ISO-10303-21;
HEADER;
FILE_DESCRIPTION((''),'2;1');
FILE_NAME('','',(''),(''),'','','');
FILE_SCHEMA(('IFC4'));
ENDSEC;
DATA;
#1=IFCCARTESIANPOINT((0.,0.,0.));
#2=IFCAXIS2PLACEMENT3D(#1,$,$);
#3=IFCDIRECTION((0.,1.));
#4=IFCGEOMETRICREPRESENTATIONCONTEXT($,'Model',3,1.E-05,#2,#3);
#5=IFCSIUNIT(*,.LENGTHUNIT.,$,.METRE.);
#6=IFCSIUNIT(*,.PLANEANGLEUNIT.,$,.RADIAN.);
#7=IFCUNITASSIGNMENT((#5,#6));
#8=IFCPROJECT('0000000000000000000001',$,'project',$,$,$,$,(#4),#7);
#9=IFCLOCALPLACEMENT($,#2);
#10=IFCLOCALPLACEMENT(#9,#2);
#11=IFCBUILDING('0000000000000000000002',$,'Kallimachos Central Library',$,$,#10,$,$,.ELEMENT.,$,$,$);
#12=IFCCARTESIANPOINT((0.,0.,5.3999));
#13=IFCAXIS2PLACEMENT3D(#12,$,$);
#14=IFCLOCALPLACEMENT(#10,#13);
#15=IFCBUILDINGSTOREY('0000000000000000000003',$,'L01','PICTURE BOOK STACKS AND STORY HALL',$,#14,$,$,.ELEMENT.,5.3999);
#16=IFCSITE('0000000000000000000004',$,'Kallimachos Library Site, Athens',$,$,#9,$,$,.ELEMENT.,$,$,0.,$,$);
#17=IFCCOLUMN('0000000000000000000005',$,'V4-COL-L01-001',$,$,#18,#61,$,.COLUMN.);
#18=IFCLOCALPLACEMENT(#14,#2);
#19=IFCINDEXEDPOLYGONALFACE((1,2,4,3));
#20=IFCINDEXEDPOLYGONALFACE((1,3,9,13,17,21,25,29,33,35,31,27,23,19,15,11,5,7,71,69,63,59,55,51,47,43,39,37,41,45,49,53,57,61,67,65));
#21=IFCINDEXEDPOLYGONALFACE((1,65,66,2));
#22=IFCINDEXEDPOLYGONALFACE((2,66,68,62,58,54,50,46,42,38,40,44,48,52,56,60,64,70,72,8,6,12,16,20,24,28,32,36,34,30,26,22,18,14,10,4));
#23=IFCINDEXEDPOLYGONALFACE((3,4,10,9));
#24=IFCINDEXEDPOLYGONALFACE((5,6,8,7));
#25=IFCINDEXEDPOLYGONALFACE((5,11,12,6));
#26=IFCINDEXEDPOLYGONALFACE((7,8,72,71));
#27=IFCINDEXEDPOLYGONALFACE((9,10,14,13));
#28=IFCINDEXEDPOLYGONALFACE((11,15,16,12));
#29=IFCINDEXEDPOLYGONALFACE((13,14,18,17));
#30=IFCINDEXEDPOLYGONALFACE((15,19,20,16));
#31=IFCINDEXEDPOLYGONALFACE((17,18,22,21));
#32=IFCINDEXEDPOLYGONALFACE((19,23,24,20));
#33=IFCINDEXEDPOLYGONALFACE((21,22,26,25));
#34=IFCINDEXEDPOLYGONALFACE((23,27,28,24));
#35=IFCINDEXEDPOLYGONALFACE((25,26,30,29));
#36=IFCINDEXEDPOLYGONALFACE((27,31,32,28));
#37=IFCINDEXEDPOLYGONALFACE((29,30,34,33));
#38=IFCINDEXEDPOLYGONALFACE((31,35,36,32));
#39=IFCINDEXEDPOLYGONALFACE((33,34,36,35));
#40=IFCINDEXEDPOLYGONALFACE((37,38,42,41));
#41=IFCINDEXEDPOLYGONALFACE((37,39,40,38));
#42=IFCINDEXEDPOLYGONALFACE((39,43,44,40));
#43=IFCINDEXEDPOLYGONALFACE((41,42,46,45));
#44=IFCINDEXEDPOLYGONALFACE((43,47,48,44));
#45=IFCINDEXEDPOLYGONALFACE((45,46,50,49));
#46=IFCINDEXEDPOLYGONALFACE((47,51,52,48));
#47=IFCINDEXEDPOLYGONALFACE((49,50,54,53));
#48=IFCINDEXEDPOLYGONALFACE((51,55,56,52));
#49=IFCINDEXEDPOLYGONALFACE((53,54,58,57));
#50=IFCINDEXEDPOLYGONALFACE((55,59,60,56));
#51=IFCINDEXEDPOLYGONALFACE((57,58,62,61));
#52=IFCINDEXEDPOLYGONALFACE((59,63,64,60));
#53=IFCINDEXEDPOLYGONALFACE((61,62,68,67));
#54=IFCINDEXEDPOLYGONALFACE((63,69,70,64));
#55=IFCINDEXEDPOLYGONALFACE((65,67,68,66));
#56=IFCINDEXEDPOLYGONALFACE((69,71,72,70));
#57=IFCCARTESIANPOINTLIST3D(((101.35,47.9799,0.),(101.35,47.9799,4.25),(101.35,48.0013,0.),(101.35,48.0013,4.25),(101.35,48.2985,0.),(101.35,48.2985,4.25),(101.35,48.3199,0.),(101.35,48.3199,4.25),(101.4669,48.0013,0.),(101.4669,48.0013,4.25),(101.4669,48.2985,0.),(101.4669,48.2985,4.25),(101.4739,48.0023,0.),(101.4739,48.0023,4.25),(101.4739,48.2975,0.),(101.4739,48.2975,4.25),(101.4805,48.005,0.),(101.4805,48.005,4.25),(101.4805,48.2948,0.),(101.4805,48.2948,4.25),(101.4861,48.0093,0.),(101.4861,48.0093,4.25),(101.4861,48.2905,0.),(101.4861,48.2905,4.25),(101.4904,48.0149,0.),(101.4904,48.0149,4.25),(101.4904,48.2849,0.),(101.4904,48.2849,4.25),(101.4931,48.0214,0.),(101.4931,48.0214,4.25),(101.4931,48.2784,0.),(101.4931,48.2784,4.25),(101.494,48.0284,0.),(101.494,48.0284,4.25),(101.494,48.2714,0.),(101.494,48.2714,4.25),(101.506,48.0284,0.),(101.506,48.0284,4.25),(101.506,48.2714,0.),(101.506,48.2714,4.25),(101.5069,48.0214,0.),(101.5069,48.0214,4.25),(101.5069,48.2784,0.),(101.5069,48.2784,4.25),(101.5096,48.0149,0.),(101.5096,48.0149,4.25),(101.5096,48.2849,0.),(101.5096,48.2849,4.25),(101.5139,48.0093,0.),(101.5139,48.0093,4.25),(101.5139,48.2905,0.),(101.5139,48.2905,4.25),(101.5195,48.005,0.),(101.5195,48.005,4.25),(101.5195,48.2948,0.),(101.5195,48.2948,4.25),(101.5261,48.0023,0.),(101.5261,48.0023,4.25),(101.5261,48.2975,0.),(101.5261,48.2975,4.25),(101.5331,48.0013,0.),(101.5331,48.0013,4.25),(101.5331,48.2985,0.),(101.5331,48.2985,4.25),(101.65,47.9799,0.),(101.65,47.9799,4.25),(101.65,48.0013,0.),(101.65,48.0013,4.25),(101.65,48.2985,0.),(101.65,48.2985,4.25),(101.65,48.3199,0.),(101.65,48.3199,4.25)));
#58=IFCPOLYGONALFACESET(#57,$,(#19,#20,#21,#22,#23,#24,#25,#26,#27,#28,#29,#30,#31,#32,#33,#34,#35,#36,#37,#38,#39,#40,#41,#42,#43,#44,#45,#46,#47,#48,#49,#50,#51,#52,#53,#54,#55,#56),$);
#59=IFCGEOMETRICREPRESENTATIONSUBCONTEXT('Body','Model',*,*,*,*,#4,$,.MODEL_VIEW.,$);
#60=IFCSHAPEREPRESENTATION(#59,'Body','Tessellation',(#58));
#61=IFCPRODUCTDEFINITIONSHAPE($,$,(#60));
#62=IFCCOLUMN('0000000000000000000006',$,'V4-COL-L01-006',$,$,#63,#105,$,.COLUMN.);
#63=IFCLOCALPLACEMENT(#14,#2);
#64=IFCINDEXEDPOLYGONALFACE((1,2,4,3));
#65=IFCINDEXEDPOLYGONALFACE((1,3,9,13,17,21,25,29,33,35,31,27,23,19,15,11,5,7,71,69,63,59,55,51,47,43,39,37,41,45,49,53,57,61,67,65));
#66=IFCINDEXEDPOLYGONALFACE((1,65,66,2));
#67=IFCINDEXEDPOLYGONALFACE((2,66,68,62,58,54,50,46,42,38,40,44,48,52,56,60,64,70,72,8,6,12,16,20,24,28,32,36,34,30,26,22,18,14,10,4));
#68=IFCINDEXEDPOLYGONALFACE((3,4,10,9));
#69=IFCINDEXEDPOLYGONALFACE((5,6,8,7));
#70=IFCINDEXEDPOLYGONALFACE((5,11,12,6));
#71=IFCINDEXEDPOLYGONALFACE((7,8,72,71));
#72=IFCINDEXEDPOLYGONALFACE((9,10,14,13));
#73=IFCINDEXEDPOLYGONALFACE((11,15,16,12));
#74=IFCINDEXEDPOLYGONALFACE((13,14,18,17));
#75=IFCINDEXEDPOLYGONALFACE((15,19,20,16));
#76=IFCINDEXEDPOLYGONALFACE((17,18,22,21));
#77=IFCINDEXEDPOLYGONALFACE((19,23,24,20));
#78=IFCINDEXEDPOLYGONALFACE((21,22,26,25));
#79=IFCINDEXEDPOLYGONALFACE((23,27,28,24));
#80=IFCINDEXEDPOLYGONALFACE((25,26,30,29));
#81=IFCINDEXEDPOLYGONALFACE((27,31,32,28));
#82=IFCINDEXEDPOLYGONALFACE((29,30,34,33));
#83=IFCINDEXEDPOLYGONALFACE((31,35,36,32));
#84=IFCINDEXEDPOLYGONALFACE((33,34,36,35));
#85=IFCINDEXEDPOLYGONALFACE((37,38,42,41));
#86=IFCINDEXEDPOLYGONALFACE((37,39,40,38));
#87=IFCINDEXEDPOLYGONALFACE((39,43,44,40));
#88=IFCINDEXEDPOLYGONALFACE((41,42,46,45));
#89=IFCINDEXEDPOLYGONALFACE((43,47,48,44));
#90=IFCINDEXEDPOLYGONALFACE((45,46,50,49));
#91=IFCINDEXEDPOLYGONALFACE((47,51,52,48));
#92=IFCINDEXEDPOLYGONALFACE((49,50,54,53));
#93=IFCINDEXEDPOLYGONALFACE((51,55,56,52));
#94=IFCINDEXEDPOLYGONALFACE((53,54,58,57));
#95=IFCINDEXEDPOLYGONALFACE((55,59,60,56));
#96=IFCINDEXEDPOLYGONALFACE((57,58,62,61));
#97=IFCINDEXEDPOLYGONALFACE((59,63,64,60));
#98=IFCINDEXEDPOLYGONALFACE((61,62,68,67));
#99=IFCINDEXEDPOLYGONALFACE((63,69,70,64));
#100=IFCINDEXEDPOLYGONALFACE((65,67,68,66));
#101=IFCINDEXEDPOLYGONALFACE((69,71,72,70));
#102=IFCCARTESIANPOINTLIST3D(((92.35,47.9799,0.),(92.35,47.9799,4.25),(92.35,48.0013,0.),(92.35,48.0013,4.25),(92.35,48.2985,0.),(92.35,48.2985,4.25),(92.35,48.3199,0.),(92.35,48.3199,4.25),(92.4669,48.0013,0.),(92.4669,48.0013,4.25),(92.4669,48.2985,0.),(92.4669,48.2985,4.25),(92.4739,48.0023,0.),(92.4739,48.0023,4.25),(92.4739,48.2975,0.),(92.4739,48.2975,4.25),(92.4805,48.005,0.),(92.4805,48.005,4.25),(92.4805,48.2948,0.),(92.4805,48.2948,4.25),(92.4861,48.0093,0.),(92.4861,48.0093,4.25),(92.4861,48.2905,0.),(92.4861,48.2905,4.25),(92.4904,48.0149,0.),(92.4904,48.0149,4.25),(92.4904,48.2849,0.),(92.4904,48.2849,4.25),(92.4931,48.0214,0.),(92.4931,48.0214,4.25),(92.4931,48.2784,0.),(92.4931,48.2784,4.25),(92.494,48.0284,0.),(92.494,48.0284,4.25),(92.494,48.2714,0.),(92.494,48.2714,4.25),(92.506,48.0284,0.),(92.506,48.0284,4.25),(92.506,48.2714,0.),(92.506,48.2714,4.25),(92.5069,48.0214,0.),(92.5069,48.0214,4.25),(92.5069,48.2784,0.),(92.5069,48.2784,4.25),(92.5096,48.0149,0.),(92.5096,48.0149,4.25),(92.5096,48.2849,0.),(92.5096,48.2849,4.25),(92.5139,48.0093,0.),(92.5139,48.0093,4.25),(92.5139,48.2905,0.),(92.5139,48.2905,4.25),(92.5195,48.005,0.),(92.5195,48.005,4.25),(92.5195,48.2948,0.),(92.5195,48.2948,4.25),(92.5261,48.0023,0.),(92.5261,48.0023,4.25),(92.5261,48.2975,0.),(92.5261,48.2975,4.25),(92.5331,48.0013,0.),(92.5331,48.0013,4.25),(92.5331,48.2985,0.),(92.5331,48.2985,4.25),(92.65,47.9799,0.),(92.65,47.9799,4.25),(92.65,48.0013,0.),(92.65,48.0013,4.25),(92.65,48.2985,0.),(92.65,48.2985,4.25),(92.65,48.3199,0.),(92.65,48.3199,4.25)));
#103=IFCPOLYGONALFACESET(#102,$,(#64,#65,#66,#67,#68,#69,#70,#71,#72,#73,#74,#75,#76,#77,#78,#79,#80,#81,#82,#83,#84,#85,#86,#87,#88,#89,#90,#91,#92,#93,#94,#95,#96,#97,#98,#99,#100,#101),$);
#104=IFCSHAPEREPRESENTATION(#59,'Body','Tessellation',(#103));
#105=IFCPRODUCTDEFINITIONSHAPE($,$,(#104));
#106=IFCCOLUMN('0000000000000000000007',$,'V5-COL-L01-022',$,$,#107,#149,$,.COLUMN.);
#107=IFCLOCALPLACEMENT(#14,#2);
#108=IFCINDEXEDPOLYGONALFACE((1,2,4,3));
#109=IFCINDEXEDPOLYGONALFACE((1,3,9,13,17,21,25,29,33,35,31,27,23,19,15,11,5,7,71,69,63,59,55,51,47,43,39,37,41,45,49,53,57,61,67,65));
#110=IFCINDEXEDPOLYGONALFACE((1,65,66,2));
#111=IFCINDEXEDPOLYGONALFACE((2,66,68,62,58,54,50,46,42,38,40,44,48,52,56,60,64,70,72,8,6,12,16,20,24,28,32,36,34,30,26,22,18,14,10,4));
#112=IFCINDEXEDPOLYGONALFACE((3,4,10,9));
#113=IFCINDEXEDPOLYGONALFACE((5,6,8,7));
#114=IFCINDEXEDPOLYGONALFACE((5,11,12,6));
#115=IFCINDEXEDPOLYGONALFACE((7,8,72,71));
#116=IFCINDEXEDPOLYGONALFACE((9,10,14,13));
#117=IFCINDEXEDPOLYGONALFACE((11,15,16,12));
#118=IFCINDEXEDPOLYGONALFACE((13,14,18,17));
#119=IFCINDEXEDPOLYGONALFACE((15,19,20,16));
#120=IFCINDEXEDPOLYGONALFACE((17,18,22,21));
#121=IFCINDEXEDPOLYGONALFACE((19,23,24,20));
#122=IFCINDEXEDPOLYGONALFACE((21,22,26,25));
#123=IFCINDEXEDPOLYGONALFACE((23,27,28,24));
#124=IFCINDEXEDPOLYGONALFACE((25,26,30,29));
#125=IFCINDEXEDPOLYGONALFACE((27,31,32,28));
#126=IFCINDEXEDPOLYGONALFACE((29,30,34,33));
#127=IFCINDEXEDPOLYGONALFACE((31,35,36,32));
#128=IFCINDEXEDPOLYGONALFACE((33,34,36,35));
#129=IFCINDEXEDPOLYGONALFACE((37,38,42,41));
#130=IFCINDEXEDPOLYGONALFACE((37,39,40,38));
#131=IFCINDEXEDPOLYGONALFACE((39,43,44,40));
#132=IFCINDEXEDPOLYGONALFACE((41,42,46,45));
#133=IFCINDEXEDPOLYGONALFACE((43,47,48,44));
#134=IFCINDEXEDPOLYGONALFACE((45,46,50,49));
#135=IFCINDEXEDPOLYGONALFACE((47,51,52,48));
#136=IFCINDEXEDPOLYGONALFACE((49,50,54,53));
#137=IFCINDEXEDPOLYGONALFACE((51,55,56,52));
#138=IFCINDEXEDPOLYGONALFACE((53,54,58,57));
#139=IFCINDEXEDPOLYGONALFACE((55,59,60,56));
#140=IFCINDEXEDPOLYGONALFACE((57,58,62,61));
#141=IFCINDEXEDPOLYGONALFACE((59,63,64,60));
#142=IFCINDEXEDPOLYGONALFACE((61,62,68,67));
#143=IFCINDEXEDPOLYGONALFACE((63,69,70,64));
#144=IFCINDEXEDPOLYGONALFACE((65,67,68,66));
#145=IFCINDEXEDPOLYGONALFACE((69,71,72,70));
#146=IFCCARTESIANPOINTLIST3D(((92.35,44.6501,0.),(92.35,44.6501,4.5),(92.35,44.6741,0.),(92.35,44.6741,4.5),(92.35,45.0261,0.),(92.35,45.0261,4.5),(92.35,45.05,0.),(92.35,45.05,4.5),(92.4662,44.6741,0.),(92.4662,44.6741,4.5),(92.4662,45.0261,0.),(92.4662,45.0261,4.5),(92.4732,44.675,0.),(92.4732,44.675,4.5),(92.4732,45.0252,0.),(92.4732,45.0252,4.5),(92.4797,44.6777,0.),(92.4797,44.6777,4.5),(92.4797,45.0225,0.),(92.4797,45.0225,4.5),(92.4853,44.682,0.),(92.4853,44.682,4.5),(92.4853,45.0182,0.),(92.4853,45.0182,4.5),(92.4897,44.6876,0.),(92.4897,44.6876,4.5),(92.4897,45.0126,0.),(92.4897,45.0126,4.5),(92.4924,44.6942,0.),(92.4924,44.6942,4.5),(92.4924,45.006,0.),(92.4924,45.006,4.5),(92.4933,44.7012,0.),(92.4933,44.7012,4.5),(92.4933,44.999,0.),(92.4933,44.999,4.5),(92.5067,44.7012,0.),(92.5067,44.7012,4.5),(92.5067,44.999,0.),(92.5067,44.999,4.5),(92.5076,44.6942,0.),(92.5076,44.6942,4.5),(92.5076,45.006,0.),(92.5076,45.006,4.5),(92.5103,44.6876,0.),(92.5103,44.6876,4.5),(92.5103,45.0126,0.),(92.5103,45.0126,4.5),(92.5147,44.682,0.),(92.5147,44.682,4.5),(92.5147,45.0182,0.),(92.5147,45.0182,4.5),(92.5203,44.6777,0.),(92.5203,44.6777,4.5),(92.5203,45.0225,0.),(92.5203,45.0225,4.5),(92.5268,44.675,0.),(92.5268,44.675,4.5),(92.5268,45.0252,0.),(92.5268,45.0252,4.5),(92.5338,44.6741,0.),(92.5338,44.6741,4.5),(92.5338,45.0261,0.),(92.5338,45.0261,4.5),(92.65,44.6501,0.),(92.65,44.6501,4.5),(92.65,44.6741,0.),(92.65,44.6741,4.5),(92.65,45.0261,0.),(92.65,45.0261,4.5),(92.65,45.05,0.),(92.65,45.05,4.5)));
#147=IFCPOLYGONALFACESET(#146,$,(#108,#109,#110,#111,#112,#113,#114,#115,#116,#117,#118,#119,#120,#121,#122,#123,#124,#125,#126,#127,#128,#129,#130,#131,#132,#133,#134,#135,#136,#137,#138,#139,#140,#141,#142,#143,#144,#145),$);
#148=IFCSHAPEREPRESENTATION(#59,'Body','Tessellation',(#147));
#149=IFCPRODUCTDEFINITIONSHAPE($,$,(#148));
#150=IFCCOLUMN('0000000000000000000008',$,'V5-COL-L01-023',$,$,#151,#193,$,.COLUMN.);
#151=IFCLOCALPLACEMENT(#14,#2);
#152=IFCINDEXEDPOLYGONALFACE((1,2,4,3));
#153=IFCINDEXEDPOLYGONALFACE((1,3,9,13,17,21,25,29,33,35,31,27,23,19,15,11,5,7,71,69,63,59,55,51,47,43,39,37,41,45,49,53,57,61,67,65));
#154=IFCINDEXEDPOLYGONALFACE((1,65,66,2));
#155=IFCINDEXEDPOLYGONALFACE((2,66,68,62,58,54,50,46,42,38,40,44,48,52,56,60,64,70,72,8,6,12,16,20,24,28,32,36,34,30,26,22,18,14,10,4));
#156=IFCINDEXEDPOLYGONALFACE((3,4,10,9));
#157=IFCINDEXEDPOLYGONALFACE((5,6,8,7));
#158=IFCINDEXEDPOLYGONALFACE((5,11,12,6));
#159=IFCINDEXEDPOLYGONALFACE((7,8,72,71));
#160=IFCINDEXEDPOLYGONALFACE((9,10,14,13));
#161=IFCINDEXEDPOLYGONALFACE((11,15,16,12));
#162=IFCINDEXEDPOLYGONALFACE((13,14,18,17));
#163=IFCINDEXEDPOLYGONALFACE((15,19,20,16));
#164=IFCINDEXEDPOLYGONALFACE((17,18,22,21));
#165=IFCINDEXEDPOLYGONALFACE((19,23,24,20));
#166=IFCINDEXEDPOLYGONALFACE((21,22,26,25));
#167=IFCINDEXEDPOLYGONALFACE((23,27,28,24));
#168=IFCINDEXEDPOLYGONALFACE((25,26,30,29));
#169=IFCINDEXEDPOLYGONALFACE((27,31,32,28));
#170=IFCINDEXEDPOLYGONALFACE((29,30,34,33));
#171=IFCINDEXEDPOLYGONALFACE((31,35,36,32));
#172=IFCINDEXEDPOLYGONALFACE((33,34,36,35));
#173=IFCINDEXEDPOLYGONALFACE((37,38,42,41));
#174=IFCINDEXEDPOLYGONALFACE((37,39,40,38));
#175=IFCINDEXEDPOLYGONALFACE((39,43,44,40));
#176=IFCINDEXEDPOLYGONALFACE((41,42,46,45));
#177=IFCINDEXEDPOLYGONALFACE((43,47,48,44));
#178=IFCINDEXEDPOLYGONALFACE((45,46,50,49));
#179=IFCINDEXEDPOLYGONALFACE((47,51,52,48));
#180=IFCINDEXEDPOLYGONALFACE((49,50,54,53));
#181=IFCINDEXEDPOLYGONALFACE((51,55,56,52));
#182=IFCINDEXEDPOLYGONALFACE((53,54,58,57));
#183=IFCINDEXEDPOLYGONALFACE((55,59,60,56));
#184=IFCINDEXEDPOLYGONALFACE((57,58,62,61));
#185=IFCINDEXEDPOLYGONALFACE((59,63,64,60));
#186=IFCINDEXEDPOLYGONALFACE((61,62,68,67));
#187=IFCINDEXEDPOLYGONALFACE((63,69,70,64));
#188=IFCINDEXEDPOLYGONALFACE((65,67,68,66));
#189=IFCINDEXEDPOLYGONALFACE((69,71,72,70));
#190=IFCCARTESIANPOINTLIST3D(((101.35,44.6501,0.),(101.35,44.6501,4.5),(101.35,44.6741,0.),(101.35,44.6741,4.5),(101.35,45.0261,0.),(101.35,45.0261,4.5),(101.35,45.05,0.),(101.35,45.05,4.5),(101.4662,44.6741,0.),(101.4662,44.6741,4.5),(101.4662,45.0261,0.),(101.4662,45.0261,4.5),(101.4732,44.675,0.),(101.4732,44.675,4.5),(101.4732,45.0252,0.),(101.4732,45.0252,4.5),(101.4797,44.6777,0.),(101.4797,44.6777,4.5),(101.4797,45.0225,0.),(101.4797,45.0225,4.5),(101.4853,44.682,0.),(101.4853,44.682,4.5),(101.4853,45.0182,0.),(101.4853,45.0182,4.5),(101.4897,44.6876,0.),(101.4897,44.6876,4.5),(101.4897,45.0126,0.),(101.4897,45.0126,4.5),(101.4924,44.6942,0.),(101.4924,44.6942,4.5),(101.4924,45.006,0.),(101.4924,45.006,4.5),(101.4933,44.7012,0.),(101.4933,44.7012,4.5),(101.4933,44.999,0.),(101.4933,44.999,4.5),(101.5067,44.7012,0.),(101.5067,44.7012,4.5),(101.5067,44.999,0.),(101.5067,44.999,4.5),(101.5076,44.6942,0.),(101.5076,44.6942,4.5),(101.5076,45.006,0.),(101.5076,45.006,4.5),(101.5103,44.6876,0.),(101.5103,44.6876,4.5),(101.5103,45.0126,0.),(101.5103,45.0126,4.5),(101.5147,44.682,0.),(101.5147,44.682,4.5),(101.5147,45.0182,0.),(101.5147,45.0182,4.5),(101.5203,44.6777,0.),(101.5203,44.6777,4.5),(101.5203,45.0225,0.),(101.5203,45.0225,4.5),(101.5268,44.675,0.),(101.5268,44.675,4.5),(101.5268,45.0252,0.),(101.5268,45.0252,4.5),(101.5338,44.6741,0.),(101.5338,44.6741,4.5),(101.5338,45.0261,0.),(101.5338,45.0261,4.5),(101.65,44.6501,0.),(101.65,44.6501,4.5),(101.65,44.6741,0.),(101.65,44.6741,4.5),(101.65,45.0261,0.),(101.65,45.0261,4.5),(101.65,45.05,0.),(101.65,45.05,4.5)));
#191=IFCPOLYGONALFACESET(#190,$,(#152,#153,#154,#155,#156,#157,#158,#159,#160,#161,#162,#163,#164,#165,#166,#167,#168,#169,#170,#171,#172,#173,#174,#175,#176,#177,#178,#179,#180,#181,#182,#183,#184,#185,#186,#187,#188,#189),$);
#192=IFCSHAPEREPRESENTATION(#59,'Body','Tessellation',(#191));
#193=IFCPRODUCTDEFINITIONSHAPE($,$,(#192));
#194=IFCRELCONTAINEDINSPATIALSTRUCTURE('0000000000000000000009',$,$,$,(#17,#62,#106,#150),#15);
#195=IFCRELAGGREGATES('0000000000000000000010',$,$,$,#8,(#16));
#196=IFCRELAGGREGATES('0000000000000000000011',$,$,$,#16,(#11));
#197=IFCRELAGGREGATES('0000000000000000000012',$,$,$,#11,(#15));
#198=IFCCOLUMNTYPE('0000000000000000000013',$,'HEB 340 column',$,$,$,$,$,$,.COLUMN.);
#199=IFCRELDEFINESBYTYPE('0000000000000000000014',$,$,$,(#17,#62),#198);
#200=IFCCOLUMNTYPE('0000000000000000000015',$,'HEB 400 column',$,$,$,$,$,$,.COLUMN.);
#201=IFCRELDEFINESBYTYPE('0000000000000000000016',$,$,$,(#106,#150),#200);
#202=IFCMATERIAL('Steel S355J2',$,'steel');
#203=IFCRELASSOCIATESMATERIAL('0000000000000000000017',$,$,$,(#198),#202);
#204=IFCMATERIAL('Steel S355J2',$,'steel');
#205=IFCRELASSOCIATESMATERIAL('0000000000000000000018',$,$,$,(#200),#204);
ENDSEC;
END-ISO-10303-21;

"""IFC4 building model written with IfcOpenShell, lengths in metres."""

from ifc_helpers import new_model, si_unit, direction, frame, origin, origin_2d, place, context, subcontext, project, spatial, i_section, extrude, material, material_profile, profile_set, type_object, element, save


model = new_model("IFC4")

# Units and contexts
model_context = context("Model", 3, precision=1e-05, world=origin(), true_north=direction((0.0, 1.0)))
body_context = subcontext(model_context, "Body", "Model", "MODEL_VIEW")
ifc_project = project(units=[si_unit("LENGTHUNIT", "METRE"), si_unit("PLANEANGLEUNIT", "RADIAN")], contexts=[model_context])

# Site, building, storey
site_placement = place(None, origin())
site = spatial("IfcSite", under=ifc_project, at=site_placement, Name="Kallimachos Library Site, Athens", CompositionType="ELEMENT", RefElevation=0.0)
building_placement = place(site_placement, origin())
building = spatial("IfcBuilding", under=site, at=building_placement, Name="Kallimachos Central Library", CompositionType="ELEMENT")
storey_placement = place(building_placement, frame((0.0, 0.0, 5.3999)))
storey = spatial("IfcBuildingStorey", under=building, at=storey_placement, Name="L01", Description="PICTURE BOOK STACKS AND STORY HALL", CompositionType="ELEMENT", Elevation=5.3999)

# Columns
ifc_material_1 = material(Name="Steel S355J2", Category="steel")
ifc_material_profile_1 = material_profile(ifc_material_1, i_section(OverallWidth=0.3, OverallDepth=0.3401, WebThickness=0.012, FlangeThickness=0.0215, FilletRadius=0.0271, at=origin_2d()), Name="HEB 340")
ifc_profile_set_1 = profile_set([ifc_material_profile_1], Name="Steel S355J2")
column_type_1 = type_object("IfcColumnType", Name="HEB 340 column", PredefinedType="COLUMN", material=ifc_profile_set_1)
for number, where, z_axis, x_axis, name in (
    (1, (101.5, 48.1499, 0.0), (0.0, 0.0, 1.0), (1.0, 0.0, 0.0), "V4-COL-L01-001"),
    (2, (92.5, 48.1499, 0.0), (0.0, 0.0, 1.0), (1.0, 0.0, 0.0), "V4-COL-L01-006"),
):
    element("IfcColumn", number, at=place(storey_placement, frame(where, z_axis=z_axis, x_axis=x_axis)), inside=storey, type_object=column_type_1, Name=name, PredefinedType="COLUMN", context=body_context, shape_type="SweptSolid", body=[
        extrude(i_section(OverallWidth=0.3, OverallDepth=0.3401, WebThickness=0.012, FlangeThickness=0.0215, FilletRadius=0.0271, at=origin_2d()), origin(), (0.0, 0.0, 1.0), 4.25),
    ])
ifc_material_2 = material(Name="Steel S355J2", Category="steel")
ifc_material_profile_2 = material_profile(ifc_material_2, i_section(OverallWidth=0.3, OverallDepth=0.3999, WebThickness=0.0134, FlangeThickness=0.0239, FilletRadius=0.0271, at=origin_2d()), Name="HEB 400")
ifc_profile_set_2 = profile_set([ifc_material_profile_2], Name="Steel S355J2")
column_type_2 = type_object("IfcColumnType", Name="HEB 400 column", PredefinedType="COLUMN", material=ifc_profile_set_2)
for number, where, z_axis, x_axis, name in (
    (3, (92.5, 44.8501, 0.0), (0.0, 0.0, 1.0), (1.0, 0.0, 0.0), "V5-COL-L01-022"),
    (4, (101.5, 44.8501, 0.0), (0.0, 0.0, 1.0), (1.0, 0.0, 0.0), "V5-COL-L01-023"),
):
    element("IfcColumn", number, at=place(storey_placement, frame(where, z_axis=z_axis, x_axis=x_axis)), inside=storey, type_object=column_type_2, Name=name, PredefinedType="COLUMN", context=body_context, shape_type="SweptSolid", body=[
        extrude(i_section(OverallWidth=0.3, OverallDepth=0.3999, WebThickness=0.0134, FlangeThickness=0.0239, FilletRadius=0.0271, at=origin_2d()), origin(), (0.0, 0.0, 1.0), 4.5),
    ])

save(model, "model.ifc")
